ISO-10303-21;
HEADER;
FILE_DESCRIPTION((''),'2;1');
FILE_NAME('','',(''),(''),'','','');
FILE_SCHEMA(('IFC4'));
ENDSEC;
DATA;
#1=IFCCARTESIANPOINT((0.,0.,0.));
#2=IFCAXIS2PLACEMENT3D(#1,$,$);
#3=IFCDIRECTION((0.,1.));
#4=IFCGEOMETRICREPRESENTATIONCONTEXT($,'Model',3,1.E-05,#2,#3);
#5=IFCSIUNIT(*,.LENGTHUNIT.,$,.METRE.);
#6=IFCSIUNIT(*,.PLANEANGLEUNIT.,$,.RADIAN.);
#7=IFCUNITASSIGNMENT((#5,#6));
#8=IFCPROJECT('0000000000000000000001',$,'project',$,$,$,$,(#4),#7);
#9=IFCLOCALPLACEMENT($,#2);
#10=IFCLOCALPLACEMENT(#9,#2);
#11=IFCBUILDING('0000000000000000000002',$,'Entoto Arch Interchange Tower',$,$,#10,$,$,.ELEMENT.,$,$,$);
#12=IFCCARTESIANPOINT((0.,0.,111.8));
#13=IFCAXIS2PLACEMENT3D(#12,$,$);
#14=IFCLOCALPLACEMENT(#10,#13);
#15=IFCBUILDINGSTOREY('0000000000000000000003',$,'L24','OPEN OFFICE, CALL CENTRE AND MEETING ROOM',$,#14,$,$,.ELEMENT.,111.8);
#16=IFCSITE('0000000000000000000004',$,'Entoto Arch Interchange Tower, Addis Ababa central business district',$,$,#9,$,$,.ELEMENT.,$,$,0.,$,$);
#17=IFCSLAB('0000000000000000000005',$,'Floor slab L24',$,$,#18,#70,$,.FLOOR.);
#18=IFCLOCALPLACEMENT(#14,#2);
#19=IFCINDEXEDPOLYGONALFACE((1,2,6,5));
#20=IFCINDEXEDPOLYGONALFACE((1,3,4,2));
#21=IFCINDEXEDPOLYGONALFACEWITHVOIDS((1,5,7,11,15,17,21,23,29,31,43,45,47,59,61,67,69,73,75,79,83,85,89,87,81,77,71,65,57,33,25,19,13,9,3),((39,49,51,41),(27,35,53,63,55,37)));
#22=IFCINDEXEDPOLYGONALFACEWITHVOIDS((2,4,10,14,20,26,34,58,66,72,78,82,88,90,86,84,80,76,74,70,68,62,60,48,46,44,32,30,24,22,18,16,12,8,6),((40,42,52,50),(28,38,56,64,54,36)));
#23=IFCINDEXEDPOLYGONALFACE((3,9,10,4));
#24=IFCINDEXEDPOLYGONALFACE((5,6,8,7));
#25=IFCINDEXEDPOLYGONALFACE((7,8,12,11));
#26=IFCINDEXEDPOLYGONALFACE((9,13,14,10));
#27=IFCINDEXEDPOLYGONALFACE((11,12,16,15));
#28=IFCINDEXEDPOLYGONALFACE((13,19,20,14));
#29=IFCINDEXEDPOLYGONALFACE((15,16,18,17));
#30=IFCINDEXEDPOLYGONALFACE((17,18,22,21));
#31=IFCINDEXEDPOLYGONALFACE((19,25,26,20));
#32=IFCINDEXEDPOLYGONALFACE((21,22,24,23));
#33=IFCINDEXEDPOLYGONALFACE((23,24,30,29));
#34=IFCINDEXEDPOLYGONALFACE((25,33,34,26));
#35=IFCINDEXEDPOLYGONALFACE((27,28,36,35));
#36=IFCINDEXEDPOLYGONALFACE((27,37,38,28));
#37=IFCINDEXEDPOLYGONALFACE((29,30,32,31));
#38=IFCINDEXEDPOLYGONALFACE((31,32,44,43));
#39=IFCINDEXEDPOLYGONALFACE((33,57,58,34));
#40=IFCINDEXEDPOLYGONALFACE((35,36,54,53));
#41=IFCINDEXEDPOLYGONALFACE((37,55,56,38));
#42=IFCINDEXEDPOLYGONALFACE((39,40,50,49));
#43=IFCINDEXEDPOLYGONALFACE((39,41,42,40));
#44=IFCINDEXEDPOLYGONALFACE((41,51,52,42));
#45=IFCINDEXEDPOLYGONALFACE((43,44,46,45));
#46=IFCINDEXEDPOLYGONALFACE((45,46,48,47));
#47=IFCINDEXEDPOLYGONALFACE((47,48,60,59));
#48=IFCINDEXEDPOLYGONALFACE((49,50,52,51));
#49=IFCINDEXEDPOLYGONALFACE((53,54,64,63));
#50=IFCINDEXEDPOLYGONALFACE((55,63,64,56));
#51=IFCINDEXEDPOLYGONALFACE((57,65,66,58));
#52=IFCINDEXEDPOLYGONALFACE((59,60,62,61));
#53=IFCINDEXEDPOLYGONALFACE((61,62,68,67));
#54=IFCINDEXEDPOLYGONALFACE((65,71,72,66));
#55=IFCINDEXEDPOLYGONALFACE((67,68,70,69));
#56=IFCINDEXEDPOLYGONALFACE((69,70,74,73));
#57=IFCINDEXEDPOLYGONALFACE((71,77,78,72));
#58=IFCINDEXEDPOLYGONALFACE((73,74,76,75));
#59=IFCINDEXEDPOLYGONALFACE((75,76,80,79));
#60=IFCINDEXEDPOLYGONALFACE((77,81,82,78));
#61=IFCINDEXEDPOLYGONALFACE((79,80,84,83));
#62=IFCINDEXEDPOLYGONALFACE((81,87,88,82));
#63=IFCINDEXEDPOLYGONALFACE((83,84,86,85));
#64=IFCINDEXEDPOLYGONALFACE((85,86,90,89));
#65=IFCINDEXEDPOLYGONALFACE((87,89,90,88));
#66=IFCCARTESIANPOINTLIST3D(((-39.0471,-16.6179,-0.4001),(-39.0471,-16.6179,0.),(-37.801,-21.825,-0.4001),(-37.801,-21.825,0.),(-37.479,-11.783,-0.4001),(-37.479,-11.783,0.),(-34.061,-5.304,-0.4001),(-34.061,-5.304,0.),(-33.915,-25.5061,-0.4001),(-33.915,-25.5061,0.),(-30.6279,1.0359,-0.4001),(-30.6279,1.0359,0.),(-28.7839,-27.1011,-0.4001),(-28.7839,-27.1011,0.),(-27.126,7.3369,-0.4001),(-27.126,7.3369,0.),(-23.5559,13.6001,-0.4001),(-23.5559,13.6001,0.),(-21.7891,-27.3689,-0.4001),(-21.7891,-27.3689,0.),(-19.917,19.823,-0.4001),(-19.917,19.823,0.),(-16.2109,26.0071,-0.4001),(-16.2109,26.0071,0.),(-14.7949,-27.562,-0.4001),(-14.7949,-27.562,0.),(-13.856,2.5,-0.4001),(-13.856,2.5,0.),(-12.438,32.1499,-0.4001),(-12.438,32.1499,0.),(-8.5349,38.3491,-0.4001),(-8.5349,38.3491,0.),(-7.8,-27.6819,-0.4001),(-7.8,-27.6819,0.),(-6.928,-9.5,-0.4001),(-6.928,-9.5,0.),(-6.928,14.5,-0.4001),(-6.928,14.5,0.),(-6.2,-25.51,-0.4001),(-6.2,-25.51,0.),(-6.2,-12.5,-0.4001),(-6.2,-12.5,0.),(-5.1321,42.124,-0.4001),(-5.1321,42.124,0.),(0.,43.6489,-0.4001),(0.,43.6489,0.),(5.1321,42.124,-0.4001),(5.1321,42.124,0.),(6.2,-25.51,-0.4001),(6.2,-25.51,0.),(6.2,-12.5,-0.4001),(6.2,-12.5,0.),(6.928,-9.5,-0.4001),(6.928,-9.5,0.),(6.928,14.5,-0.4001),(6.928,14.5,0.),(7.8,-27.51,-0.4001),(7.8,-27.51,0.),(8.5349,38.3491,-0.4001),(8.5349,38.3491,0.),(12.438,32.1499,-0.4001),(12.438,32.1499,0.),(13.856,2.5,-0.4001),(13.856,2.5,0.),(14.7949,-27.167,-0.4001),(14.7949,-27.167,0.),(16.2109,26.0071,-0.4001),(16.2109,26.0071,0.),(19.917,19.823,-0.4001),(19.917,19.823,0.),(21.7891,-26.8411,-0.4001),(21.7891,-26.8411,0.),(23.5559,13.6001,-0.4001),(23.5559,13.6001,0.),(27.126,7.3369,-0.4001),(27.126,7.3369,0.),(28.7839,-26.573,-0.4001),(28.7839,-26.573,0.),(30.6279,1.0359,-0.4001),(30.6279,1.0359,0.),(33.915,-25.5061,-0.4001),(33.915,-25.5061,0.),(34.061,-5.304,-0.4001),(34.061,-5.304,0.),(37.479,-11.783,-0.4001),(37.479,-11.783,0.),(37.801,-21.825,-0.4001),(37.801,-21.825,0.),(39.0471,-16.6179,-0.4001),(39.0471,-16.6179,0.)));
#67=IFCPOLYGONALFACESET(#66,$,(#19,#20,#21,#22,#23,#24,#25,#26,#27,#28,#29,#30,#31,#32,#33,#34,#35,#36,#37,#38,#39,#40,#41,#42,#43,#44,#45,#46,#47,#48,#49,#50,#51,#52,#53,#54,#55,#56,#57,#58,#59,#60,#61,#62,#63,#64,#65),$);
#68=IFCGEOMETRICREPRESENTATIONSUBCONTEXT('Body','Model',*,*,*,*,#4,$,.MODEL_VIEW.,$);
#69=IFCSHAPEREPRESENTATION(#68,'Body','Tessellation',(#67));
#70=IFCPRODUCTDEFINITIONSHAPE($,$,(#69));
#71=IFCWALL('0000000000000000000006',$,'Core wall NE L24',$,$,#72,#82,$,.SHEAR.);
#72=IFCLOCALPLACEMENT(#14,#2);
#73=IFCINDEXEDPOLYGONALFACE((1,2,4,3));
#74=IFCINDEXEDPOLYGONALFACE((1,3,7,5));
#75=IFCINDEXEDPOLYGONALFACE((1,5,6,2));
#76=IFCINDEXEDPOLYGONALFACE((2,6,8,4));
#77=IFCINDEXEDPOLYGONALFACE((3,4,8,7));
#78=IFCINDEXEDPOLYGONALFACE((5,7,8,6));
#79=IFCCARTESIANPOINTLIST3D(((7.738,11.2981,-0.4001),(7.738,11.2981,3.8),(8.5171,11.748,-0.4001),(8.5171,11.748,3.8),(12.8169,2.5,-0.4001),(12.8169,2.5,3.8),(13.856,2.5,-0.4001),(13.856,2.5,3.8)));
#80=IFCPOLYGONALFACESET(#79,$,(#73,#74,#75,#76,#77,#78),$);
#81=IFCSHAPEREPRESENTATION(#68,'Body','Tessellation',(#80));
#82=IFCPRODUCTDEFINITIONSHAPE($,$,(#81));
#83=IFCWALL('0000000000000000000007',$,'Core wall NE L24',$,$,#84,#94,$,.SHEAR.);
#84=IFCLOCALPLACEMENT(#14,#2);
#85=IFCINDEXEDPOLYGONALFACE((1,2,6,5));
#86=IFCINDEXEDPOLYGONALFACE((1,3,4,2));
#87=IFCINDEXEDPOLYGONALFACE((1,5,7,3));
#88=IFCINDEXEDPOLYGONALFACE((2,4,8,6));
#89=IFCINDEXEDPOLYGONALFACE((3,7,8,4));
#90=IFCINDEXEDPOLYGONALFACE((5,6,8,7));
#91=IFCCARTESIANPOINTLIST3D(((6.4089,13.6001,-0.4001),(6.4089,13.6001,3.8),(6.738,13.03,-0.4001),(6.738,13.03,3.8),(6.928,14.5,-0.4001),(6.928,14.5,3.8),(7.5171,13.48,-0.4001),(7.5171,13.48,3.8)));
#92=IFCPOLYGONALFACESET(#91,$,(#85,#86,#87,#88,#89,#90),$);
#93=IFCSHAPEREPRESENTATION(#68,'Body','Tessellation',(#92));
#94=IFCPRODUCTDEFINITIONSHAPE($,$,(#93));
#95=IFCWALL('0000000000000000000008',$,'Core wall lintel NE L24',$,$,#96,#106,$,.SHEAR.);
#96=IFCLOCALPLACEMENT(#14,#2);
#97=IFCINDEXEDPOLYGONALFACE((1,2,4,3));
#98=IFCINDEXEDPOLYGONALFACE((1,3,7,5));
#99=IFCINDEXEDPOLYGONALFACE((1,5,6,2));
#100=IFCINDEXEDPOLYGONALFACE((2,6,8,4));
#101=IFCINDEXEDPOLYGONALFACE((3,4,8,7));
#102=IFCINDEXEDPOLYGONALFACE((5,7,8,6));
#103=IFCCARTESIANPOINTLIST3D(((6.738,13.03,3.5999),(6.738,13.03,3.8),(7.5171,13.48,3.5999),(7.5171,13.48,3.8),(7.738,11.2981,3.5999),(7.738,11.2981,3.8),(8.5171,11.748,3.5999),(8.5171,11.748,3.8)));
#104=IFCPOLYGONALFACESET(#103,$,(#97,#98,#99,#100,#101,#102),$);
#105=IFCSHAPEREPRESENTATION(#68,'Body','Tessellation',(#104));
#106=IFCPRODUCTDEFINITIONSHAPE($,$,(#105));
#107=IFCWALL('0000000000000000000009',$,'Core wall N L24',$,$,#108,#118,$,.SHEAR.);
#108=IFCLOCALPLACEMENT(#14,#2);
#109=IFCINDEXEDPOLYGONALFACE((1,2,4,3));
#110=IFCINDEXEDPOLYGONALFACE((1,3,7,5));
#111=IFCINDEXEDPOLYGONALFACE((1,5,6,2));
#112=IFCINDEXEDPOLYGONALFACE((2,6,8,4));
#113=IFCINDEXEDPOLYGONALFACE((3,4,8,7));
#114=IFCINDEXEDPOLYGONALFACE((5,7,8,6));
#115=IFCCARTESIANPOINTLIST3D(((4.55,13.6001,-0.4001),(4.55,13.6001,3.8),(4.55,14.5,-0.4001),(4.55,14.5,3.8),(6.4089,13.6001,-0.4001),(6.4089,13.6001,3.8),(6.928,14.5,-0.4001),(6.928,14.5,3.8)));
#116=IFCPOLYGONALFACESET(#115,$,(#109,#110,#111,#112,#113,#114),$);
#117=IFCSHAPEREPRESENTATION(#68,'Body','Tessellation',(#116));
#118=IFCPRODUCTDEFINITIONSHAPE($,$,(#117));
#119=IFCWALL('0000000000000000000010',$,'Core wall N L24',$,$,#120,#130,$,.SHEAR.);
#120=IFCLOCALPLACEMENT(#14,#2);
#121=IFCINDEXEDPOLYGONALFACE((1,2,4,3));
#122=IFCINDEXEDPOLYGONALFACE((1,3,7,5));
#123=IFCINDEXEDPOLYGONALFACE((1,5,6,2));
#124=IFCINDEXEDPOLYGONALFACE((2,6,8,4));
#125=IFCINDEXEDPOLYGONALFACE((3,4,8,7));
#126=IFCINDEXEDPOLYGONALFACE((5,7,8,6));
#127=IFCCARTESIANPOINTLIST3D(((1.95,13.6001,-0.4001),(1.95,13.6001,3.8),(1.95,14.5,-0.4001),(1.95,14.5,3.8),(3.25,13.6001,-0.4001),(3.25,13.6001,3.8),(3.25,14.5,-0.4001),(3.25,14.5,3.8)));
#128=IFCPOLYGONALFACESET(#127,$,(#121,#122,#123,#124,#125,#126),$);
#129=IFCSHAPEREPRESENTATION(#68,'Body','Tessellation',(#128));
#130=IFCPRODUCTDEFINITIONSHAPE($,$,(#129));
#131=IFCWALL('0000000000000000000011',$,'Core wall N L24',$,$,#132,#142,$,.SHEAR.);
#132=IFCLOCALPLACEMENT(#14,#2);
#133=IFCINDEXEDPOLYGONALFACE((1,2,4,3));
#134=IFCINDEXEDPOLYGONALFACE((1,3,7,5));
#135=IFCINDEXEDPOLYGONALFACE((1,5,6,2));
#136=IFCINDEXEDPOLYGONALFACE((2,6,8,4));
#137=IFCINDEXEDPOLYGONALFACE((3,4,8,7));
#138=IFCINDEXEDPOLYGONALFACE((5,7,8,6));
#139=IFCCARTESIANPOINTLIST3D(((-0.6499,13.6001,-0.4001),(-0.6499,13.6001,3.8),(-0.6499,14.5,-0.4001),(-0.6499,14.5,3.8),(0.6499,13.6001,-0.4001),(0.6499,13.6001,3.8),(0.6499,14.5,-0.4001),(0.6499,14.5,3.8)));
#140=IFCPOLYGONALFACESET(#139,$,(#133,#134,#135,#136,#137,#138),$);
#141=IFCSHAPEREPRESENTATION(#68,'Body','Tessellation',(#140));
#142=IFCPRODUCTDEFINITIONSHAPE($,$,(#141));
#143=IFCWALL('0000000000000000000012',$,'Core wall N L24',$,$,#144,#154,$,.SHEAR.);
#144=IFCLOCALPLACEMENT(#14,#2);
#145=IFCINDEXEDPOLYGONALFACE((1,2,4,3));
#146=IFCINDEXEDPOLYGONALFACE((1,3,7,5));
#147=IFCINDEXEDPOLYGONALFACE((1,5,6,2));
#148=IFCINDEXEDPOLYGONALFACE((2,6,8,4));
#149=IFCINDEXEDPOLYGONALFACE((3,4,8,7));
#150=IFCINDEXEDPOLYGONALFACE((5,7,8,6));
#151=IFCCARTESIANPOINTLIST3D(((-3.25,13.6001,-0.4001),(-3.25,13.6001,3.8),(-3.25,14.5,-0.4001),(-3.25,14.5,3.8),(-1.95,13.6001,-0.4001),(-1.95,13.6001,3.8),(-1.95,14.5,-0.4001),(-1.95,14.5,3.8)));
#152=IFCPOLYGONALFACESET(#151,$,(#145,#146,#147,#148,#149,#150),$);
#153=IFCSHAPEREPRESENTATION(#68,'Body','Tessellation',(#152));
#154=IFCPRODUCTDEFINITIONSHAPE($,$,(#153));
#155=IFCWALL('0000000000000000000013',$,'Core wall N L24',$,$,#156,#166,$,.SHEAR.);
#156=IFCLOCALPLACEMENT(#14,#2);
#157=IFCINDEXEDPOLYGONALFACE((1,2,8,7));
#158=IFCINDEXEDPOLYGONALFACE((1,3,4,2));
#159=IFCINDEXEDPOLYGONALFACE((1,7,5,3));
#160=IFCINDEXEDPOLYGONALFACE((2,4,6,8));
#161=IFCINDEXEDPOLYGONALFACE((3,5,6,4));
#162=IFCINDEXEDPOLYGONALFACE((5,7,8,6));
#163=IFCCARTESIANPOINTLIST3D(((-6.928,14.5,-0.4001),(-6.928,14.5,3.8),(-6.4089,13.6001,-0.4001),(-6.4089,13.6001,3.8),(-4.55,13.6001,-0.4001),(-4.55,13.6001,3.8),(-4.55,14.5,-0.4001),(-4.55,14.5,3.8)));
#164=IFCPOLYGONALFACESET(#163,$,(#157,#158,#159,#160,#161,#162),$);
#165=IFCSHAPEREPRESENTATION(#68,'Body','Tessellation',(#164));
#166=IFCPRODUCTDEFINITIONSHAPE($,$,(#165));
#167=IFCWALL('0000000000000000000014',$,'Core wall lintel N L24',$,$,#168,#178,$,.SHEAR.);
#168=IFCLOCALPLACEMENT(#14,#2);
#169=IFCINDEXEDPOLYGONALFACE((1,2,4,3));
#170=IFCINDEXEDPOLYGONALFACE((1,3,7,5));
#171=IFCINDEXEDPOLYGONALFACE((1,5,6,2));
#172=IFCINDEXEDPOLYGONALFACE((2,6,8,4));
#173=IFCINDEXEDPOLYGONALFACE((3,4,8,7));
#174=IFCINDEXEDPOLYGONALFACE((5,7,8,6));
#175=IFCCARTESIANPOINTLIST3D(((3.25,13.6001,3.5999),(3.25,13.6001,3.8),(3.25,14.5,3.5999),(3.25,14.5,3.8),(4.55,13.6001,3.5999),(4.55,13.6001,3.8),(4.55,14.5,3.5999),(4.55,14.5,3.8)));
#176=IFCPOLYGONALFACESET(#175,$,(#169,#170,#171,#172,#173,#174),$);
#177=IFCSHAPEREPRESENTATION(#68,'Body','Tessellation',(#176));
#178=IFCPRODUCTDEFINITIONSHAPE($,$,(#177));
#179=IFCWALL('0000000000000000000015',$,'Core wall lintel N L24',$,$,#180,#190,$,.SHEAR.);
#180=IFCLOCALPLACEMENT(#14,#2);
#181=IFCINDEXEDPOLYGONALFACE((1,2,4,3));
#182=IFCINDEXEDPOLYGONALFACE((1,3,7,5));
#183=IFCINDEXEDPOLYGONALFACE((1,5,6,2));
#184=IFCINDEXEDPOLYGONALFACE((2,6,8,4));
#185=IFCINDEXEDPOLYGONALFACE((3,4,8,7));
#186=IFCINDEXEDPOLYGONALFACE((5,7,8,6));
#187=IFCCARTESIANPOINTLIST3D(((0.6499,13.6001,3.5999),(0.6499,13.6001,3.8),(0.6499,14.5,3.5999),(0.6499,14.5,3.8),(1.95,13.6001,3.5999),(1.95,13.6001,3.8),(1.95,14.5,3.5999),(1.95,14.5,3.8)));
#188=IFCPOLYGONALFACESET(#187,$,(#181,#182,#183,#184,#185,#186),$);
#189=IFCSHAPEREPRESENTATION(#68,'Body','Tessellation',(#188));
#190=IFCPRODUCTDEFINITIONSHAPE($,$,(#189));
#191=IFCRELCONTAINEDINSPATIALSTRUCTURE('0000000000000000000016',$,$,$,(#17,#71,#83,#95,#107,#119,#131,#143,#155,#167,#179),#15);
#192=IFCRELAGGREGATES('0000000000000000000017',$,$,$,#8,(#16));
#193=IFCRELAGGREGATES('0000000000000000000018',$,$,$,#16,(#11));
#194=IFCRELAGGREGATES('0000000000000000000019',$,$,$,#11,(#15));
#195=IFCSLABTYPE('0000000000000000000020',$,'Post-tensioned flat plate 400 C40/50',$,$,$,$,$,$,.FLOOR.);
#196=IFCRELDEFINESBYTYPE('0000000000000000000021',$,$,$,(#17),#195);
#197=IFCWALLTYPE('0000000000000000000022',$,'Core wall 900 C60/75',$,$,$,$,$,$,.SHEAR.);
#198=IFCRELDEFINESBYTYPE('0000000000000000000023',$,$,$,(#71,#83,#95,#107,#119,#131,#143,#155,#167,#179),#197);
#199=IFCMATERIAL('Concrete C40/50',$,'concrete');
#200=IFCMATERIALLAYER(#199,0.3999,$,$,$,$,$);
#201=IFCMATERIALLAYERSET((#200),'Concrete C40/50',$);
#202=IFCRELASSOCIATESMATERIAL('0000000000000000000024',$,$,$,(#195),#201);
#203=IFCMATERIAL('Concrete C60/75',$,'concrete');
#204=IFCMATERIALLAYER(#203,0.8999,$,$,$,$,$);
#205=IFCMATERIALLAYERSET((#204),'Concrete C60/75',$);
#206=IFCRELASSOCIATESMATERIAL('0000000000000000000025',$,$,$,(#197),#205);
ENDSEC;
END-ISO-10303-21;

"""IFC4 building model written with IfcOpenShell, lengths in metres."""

from ifc_helpers import new_model, si_unit, direction, frame, origin, place, context, subcontext, project, spatial, polyline, outline, extrude, material, layer, layer_set, type_object, element, save


model = new_model("IFC4")

# Units and contexts
model_context = context("Model", 3, precision=1e-05, world=origin(), true_north=direction((0.0, 1.0)))
body_context = subcontext(model_context, "Body", "Model", "MODEL_VIEW")
ifc_project = project(units=[si_unit("LENGTHUNIT", "METRE"), si_unit("PLANEANGLEUNIT", "RADIAN")], contexts=[model_context])

# Site, building, storey
site_placement = place(None, origin())
site = spatial("IfcSite", under=ifc_project, at=site_placement, Name="Entoto Arch Interchange Tower, Addis Ababa central business district", CompositionType="ELEMENT", RefElevation=0.0)
building_placement = place(site_placement, origin())
building = spatial("IfcBuilding", under=site, at=building_placement, Name="Entoto Arch Interchange Tower", CompositionType="ELEMENT")
storey_placement = place(building_placement, frame((0.0, 0.0, 111.8)))
storey = spatial("IfcBuildingStorey", under=building, at=storey_placement, Name="L24", Description="OPEN OFFICE, CALL CENTRE AND MEETING ROOM", CompositionType="ELEMENT", Elevation=111.8)

# Slab
ifc_material_1 = material(Name="Concrete C40/50", Category="concrete")
ifc_layer_1 = layer(ifc_material_1, 0.3999)
ifc_layer_set_1 = layer_set([ifc_layer_1], Name="Concrete C40/50")
slab_type = type_object("IfcSlabType", Name="Post-tensioned flat plate 400 C40/50", PredefinedType="FLOOR", material=ifc_layer_set_1)
slab_placement = place(storey_placement, frame((0.0, 0.0, -0.4001)))
element("IfcSlab", 1, at=slab_placement, inside=storey, type_object=slab_type, Name="Floor slab L24", PredefinedType="FLOOR", context=body_context, shape_type="SweptSolid", body=[
    extrude(outline(polyline([(-28.7839, -27.1011), (-21.7891, -27.3689), (-14.7949, -27.562), (-7.8, -27.6819), (7.8, -27.51), (14.7949, -27.167), (21.7891, -26.8411), (28.7839, -26.573), (33.915, -25.5061), (37.801, -21.825), (39.0471, -16.6179), (37.479, -11.783), (34.061, -5.304), (30.6279, 1.0359), (27.126, 7.3369), (23.5559, 13.6001), (19.917, 19.823), (16.2109, 26.0071), (12.438, 32.1499), (8.5349, 38.3491), (5.1321, 42.124), (0.0, 43.6489), (-5.1321, 42.124), (-8.5349, 38.3491), (-12.438, 32.1499), (-16.2109, 26.0071), (-19.917, 19.823), (-23.5559, 13.6001), (-27.126, 7.3369), (-30.6279, 1.0359), (-34.061, -5.304), (-37.479, -11.783), (-39.0471, -16.6179), (-37.801, -21.825), (-33.915, -25.5061), (-28.7839, -27.1011)]), holes=[polyline([(6.2, -25.51), (6.2, -12.5), (-6.2, -12.5), (-6.2, -25.51), (6.2, -25.51)]), polyline([(13.856, 2.5), (6.928, 14.5), (-6.928, 14.5), (-13.856, 2.5), (-6.928, -9.5), (6.928, -9.5), (13.856, 2.5)])]), origin(), (0.0, 0.0, 1.0), 0.4001),
])

# Walls
ifc_material_2 = material(Name="Concrete C60/75", Category="concrete")
ifc_layer_2 = layer(ifc_material_2, 0.8999)
ifc_layer_set_2 = layer_set([ifc_layer_2], Name="Concrete C60/75")
wall_type_1 = type_object("IfcWallType", Name="Core wall 900 C60/75", PredefinedType="SHEAR", material=ifc_layer_set_2)
wall_1_placement = place(storey_placement, frame((0.0, 0.0, -0.4001)))
element("IfcWall", 2, at=wall_1_placement, inside=storey, type_object=wall_type_1, Name="Core wall NE L24", PredefinedType="SHEAR", context=body_context, shape_type="SweptSolid", body=[
    extrude(outline(polyline([(8.5171, 11.748), (7.738, 11.2981), (12.8169, 2.5), (13.856, 2.5), (8.5171, 11.748)])), origin(), (0.0, 0.0, 1.0), 4.2002),
])
wall_2_placement = place(storey_placement, frame((0.0, 0.0, -0.4001)))
element("IfcWall", 3, at=wall_2_placement, inside=storey, type_object=wall_type_1, Name="Core wall NE L24", PredefinedType="SHEAR", context=body_context, shape_type="SweptSolid", body=[
    extrude(outline(polyline([(6.738, 13.03), (7.5171, 13.48), (6.928, 14.5), (6.4089, 13.6001), (6.738, 13.03)])), origin(), (0.0, 0.0, 1.0), 4.2002),
])
wall_3_placement = place(storey_placement, frame((0.0, 0.0, 3.5999)))
element("IfcWall", 4, at=wall_3_placement, inside=storey, type_object=wall_type_1, Name="Core wall lintel NE L24", PredefinedType="SHEAR", context=body_context, shape_type="SweptSolid", body=[
    extrude(outline(polyline([(7.5171, 13.48), (6.738, 13.03), (7.738, 11.2981), (8.5171, 11.748), (7.5171, 13.48)])), origin(), (0.0, 0.0, 1.0), 0.2002),
])
wall_4_placement = place(storey_placement, frame((0.0, 0.0, -0.4001)))
element("IfcWall", 5, at=wall_4_placement, inside=storey, type_object=wall_type_1, Name="Core wall N L24", PredefinedType="SHEAR", context=body_context, shape_type="SweptSolid", body=[
    extrude(outline(polyline([(4.55, 14.5), (4.55, 13.6001), (6.4089, 13.6001), (6.928, 14.5), (4.55, 14.5)])), origin(), (0.0, 0.0, 1.0), 4.2002),
])
wall_5_placement = place(storey_placement, frame((0.0, 0.0, -0.4001)))
element("IfcWall", 6, at=wall_5_placement, inside=storey, type_object=wall_type_1, Name="Core wall N L24", PredefinedType="SHEAR", context=body_context, shape_type="SweptSolid", body=[
    extrude(outline(polyline([(1.95, 14.5), (1.95, 13.6001), (3.25, 13.6001), (3.25, 14.5), (1.95, 14.5)])), origin(), (0.0, 0.0, 1.0), 4.2002),
])
wall_6_placement = place(storey_placement, frame((0.0, 0.0, -0.4001)))
element("IfcWall", 7, at=wall_6_placement, inside=storey, type_object=wall_type_1, Name="Core wall N L24", PredefinedType="SHEAR", context=body_context, shape_type="SweptSolid", body=[
    extrude(outline(polyline([(-0.6499, 14.5), (-0.6499, 13.6001), (0.6499, 13.6001), (0.6499, 14.5), (-0.6499, 14.5)])), origin(), (0.0, 0.0, 1.0), 4.2002),
])
wall_7_placement = place(storey_placement, frame((0.0, 0.0, -0.4001)))
element("IfcWall", 8, at=wall_7_placement, inside=storey, type_object=wall_type_1, Name="Core wall N L24", PredefinedType="SHEAR", context=body_context, shape_type="SweptSolid", body=[
    extrude(outline(polyline([(-3.25, 14.5), (-3.25, 13.6001), (-1.95, 13.6001), (-1.95, 14.5), (-3.25, 14.5)])), origin(), (0.0, 0.0, 1.0), 4.2002),
])
wall_8_placement = place(storey_placement, frame((0.0, 0.0, -0.4001)))
element("IfcWall", 9, at=wall_8_placement, inside=storey, type_object=wall_type_1, Name="Core wall N L24", PredefinedType="SHEAR", context=body_context, shape_type="SweptSolid", body=[
    extrude(outline(polyline([(-4.55, 13.6001), (-4.55, 14.5), (-6.928, 14.5), (-6.4089, 13.6001), (-4.55, 13.6001)])), origin(), (0.0, 0.0, 1.0), 4.2002),
])
wall_9_placement = place(storey_placement, frame((0.0, 0.0, 3.5999)))
element("IfcWall", 10, at=wall_9_placement, inside=storey, type_object=wall_type_1, Name="Core wall lintel N L24", PredefinedType="SHEAR", context=body_context, shape_type="SweptSolid", body=[
    extrude(outline(polyline([(3.25, 14.5), (3.25, 13.6001), (4.55, 13.6001), (4.55, 14.5), (3.25, 14.5)])), origin(), (0.0, 0.0, 1.0), 0.2002),
])
wall_10_placement = place(storey_placement, frame((0.0, 0.0, 3.5999)))
element("IfcWall", 11, at=wall_10_placement, inside=storey, type_object=wall_type_1, Name="Core wall lintel N L24", PredefinedType="SHEAR", context=body_context, shape_type="SweptSolid", body=[
    extrude(outline(polyline([(0.6499, 14.5), (0.6499, 13.6001), (1.95, 13.6001), (1.95, 14.5), (0.6499, 14.5)])), origin(), (0.0, 0.0, 1.0), 0.2002),
])

save(model, "model.ifc")
